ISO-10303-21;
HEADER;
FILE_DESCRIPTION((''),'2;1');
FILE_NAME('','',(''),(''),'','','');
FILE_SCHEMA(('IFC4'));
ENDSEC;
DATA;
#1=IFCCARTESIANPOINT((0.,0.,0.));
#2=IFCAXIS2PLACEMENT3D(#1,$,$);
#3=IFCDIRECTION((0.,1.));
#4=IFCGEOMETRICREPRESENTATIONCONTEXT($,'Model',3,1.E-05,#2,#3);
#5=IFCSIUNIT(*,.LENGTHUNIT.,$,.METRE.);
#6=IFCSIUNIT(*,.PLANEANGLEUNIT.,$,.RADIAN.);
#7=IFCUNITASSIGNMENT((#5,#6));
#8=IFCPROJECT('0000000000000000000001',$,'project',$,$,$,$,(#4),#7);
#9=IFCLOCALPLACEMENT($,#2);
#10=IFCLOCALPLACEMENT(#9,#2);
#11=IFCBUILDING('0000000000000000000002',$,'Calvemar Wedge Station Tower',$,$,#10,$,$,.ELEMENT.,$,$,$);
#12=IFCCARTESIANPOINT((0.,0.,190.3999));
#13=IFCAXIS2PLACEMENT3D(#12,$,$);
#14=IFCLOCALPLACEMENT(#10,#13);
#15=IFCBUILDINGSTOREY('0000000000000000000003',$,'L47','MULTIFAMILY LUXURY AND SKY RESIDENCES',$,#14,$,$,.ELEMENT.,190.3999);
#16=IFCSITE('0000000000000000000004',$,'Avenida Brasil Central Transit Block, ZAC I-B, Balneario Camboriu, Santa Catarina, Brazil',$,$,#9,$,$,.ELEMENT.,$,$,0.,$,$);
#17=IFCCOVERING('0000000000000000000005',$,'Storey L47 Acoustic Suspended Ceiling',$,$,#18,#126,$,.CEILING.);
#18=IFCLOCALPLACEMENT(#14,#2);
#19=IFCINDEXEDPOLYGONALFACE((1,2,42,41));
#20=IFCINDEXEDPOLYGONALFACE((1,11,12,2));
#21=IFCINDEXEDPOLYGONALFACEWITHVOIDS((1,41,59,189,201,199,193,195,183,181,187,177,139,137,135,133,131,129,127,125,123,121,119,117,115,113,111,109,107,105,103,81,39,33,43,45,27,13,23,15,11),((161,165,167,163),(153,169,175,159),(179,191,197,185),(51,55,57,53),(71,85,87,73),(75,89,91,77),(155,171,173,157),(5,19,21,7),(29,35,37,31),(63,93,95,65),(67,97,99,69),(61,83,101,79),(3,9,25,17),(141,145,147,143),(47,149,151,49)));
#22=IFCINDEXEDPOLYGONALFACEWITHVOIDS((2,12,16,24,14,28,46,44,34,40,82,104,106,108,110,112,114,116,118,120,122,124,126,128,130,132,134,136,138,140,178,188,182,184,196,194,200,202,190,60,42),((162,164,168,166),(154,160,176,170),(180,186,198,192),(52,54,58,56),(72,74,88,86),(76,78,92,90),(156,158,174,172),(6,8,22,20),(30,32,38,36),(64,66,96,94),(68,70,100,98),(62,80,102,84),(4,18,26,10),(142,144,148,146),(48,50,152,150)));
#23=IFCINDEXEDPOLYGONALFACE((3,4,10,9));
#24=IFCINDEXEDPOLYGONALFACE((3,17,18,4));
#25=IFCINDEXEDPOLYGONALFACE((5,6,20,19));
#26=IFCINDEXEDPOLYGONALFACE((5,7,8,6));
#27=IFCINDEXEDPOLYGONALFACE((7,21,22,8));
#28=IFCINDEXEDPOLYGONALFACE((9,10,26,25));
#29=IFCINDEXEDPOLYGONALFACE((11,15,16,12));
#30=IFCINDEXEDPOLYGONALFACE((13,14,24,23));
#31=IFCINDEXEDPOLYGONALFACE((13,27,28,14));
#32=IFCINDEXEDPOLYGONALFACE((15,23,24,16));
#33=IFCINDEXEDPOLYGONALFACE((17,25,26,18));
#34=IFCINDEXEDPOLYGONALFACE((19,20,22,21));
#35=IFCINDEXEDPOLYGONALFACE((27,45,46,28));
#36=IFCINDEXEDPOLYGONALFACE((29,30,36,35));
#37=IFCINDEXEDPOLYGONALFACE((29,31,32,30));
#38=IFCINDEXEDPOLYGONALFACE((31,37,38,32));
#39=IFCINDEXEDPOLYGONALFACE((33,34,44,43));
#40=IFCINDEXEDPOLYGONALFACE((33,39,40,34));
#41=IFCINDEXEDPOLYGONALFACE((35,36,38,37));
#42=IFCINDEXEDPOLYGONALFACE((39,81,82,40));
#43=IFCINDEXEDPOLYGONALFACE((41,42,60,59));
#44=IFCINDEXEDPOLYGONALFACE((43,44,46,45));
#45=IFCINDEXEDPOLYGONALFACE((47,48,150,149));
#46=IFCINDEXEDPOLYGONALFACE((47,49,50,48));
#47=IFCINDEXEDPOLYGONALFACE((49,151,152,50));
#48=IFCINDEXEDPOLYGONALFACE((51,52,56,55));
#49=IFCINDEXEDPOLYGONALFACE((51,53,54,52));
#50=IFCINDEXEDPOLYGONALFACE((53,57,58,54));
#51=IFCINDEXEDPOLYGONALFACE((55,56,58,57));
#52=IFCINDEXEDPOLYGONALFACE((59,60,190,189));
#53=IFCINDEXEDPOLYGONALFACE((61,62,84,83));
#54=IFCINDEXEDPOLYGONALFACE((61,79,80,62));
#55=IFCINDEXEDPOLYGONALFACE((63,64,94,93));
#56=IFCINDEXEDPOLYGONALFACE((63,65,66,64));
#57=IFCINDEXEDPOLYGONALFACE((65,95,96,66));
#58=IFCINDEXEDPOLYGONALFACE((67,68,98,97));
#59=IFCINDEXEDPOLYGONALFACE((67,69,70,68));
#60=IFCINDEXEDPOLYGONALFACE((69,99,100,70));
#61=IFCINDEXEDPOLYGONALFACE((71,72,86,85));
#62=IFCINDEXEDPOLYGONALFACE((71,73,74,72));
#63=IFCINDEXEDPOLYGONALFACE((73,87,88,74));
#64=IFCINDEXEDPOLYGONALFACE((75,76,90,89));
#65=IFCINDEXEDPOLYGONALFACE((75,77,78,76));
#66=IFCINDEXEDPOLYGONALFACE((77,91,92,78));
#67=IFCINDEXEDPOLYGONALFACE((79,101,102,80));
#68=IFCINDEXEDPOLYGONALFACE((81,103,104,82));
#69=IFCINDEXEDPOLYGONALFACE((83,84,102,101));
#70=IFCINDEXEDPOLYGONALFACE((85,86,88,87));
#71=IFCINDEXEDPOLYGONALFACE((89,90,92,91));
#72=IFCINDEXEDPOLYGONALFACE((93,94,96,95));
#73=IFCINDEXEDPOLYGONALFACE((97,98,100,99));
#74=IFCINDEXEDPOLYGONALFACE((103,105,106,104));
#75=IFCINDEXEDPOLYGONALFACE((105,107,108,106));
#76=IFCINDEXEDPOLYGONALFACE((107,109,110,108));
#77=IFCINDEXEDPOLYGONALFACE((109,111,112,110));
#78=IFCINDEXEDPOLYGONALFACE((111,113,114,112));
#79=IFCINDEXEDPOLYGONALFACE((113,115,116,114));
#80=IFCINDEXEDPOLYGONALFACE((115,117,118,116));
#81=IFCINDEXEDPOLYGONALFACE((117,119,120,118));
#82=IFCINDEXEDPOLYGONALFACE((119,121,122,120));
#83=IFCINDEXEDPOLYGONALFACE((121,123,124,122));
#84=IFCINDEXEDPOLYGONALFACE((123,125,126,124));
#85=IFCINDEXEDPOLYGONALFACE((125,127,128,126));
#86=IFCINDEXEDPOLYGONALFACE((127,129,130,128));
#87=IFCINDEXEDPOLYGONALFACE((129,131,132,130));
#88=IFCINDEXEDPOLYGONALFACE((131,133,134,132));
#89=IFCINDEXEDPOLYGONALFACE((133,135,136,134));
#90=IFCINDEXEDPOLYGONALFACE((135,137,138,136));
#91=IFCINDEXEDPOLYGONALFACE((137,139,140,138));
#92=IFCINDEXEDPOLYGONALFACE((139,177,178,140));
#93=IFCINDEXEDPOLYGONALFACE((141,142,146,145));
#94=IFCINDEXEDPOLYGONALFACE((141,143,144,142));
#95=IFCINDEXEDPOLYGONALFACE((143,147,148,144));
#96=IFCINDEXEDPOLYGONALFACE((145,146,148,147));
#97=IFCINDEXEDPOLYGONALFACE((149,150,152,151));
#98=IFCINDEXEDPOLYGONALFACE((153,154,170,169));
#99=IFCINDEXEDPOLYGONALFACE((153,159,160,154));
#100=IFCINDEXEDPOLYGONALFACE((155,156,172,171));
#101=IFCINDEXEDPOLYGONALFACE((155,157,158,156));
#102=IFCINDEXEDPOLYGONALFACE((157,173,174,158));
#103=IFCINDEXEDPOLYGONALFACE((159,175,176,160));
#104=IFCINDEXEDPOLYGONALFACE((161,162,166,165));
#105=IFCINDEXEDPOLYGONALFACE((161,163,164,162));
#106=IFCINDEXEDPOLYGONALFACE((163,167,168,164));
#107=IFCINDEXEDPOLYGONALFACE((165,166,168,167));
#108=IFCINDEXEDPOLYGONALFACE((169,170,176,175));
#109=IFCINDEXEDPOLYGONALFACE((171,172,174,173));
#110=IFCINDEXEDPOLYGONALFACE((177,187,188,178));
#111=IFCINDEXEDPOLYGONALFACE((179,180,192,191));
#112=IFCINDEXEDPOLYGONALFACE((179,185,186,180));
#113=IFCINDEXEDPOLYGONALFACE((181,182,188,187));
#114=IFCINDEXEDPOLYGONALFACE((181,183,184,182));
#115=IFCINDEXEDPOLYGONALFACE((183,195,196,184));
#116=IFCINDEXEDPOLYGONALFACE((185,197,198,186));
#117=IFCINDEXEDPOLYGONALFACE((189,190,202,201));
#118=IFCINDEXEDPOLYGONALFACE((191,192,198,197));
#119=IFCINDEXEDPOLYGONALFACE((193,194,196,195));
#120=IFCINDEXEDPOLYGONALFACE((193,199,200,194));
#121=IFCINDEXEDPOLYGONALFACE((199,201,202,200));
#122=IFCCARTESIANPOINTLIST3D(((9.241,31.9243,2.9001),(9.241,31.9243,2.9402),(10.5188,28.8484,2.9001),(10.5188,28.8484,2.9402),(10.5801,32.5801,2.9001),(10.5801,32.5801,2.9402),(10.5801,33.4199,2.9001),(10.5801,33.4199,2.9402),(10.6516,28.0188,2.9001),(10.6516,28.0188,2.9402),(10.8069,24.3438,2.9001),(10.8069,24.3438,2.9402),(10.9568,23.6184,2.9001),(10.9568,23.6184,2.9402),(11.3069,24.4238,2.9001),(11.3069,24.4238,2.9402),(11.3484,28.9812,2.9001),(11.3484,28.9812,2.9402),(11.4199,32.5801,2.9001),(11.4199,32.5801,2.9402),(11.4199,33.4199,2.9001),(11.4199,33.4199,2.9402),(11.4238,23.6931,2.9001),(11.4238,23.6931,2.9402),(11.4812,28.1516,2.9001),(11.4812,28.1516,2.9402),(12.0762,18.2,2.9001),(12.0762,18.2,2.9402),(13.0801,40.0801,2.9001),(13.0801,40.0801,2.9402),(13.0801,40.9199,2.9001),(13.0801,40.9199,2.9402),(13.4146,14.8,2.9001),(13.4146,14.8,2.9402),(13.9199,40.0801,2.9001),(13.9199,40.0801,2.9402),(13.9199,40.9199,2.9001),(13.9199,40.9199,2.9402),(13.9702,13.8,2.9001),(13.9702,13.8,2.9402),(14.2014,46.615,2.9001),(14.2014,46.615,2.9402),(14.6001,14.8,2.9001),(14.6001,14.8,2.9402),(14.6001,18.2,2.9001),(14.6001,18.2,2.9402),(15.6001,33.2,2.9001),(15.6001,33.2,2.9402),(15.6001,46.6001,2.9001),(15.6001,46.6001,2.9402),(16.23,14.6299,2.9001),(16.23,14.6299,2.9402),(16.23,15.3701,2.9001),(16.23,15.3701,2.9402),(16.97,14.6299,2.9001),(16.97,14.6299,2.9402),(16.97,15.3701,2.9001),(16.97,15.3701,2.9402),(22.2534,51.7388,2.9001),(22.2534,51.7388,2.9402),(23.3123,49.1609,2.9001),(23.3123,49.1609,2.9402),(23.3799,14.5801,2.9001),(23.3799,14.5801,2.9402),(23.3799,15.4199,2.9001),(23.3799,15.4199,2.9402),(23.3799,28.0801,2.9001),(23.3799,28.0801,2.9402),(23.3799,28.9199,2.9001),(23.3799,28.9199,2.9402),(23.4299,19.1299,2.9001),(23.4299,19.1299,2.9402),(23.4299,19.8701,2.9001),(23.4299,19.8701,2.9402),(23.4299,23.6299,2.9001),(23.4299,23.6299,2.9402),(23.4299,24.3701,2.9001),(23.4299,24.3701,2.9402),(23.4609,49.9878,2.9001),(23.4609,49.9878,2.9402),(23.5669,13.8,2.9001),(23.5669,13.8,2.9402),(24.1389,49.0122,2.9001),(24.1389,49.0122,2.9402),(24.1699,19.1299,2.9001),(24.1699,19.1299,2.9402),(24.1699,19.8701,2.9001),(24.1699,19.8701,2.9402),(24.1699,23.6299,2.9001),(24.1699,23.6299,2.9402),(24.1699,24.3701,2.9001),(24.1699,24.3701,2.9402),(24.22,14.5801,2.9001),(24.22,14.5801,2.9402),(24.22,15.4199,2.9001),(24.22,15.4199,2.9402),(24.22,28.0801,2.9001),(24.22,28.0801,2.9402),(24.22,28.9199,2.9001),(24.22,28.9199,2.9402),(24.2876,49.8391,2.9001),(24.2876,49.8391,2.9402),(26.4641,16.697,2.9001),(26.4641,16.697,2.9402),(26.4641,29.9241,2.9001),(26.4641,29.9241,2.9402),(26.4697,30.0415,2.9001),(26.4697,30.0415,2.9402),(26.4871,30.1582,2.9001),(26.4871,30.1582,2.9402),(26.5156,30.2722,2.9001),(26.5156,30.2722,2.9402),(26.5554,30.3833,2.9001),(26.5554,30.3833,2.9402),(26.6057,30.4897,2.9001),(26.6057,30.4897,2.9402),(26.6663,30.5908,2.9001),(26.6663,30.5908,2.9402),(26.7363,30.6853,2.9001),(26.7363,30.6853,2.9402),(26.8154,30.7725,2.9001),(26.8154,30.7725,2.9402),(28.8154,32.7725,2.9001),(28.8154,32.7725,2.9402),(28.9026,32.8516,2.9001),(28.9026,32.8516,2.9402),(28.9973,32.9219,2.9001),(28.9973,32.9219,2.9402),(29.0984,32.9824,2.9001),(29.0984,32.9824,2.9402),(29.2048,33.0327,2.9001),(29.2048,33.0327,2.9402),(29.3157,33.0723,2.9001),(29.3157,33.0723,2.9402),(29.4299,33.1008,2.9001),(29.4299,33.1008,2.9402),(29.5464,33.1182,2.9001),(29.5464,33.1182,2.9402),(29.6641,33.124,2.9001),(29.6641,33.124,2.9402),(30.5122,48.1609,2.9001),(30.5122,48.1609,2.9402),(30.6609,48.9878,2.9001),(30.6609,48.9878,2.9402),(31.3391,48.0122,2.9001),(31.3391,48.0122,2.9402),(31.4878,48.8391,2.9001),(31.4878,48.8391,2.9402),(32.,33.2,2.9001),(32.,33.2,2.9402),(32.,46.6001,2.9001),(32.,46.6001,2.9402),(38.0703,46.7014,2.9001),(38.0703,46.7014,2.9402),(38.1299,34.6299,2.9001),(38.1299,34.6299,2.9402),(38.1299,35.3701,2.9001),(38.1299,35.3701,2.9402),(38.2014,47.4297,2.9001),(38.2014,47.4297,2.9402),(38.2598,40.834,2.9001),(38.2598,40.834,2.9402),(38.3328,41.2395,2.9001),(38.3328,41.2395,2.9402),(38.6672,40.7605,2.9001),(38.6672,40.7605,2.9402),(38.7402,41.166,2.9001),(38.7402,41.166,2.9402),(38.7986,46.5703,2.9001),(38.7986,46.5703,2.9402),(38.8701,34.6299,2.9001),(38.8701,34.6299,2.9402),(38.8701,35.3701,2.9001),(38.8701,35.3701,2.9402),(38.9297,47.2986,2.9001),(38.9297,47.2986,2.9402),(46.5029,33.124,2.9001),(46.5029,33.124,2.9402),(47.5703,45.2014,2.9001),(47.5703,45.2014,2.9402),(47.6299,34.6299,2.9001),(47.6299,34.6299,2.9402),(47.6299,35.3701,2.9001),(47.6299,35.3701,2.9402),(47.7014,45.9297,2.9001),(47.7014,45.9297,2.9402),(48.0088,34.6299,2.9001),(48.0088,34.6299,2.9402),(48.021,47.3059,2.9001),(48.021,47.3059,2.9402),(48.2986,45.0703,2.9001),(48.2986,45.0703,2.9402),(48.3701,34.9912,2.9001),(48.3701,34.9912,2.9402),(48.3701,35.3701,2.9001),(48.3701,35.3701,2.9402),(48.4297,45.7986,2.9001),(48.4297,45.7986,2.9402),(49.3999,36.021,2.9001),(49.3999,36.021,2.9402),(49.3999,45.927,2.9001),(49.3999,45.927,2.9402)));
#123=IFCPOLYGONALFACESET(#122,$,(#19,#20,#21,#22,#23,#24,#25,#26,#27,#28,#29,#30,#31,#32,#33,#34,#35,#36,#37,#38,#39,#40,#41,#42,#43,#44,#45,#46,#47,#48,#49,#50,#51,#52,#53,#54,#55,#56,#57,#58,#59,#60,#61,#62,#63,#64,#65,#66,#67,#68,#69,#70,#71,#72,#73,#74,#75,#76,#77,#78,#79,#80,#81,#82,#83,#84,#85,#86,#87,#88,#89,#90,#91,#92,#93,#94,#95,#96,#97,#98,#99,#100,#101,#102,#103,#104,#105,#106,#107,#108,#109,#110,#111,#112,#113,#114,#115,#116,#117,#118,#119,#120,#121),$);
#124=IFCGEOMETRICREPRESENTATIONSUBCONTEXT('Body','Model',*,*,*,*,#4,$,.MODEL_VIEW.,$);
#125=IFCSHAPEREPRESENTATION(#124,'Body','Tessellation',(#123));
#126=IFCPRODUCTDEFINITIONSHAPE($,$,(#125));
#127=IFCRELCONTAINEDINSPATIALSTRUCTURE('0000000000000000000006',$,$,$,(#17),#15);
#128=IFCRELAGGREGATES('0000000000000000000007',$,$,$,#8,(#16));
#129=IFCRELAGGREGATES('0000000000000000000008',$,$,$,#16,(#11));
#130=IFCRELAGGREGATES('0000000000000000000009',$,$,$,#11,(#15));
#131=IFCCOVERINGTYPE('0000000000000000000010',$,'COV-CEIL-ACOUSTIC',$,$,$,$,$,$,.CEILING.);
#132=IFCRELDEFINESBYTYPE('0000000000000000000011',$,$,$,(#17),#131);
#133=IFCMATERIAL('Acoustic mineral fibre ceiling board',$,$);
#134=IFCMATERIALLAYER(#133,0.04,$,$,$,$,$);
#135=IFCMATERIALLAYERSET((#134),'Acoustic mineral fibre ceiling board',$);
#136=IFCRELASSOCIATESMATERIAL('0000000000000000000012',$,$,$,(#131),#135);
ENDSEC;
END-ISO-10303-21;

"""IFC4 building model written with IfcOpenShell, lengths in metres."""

from ifc_helpers import new_model, si_unit, direction, frame, origin, place, context, subcontext, project, spatial, polyline, outline, extrude, material, layer, layer_set, type_object, element, save


model = new_model("IFC4")

# Units and contexts
model_context = context("Model", 3, precision=1e-05, world=origin(), true_north=direction((0.0, 1.0)))
body_context = subcontext(model_context, "Body", "Model", "MODEL_VIEW")
ifc_project = project(units=[si_unit("LENGTHUNIT", "METRE"), si_unit("PLANEANGLEUNIT", "RADIAN")], contexts=[model_context])

# Site, building, storey
site_placement = place(None, origin())
site = spatial("IfcSite", under=ifc_project, at=site_placement, Name="Avenida Brasil Central Transit Block, ZAC I-B, Balneario Camboriu, Santa Catarina, Brazil", CompositionType="ELEMENT", RefElevation=0.0)
building_placement = place(site_placement, origin())
building = spatial("IfcBuilding", under=site, at=building_placement, Name="Calvemar Wedge Station Tower", CompositionType="ELEMENT")
storey_placement = place(building_placement, frame((0.0, 0.0, 190.3999)))
storey = spatial("IfcBuildingStorey", under=building, at=storey_placement, Name="L47", Description="MULTIFAMILY LUXURY AND SKY RESIDENCES", CompositionType="ELEMENT", Elevation=190.3999)

# Covering
ifc_material_1 = material(Name="Acoustic mineral fibre ceiling board")
ifc_layer_1 = layer(ifc_material_1, 0.04)
ifc_layer_set_1 = layer_set([ifc_layer_1], Name="Acoustic mineral fibre ceiling board")
covering_type_1 = type_object("IfcCoveringType", Name="COV-CEIL-ACOUSTIC", PredefinedType="CEILING", material=ifc_layer_set_1)
covering_1_placement = place(storey_placement, frame((0.0, 0.0, 2.9001)))
element("IfcCovering", 1, at=covering_1_placement, inside=storey, type_object=covering_type_1, Name="Storey L47 Acoustic Suspended Ceiling", PredefinedType="CEILING", context=body_context, shape_type="SweptSolid", body=[
    extrude(outline(polyline([(26.8154, 30.7725), (28.8154, 32.7725), (28.9026, 32.8516), (28.9973, 32.9219), (29.0984, 32.9824), (29.2048, 33.0327), (29.3157, 33.0723), (29.4299, 33.1008), (29.5464, 33.1182), (29.6641, 33.124), (46.5029, 33.124), (48.0088, 34.6299), (47.6299, 34.6299), (47.6299, 35.3701), (48.3701, 35.3701), (48.3701, 34.9912), (49.3999, 36.021), (49.3999, 45.927), (48.021, 47.3059), (22.2534, 51.7388), (14.2014, 46.615), (9.241, 31.9243), (10.8069, 24.3438), (11.3069, 24.4238), (11.4238, 23.6931), (10.9568, 23.6184), (12.0762, 18.2), (14.6001, 18.2), (14.6001, 14.8), (13.4146, 14.8), (13.9702, 13.8), (23.5669, 13.8), (26.4641, 16.697), (26.4641, 29.9241), (26.4697, 30.0415), (26.4871, 30.1582), (26.5156, 30.2722), (26.5554, 30.3833), (26.6057, 30.4897), (26.6663, 30.5908), (26.7363, 30.6853), (26.8154, 30.7725)]), holes=[polyline([(15.6001, 46.6001), (32.0, 46.6001), (32.0, 33.2), (15.6001, 33.2), (15.6001, 46.6001)]), polyline([(10.5801, 32.5801), (10.5801, 33.4199), (11.4199, 33.4199), (11.4199, 32.5801), (10.5801, 32.5801)]), polyline([(13.0801, 40.9199), (13.9199, 40.9199), (13.9199, 40.0801), (13.0801, 40.0801), (13.0801, 40.9199)]), polyline([(24.2876, 49.8391), (24.1389, 49.0122), (23.3123, 49.1609), (23.4609, 49.9878), (24.2876, 49.8391)]), polyline([(31.3391, 48.0122), (30.5122, 48.1609), (30.6609, 48.9878), (31.4878, 48.8391), (31.3391, 48.0122)]), polyline([(38.0703, 46.7014), (38.2014, 47.4297), (38.9297, 47.2986), (38.7986, 46.5703), (38.0703, 46.7014)]), polyline([(47.7014, 45.9297), (48.4297, 45.7986), (48.2986, 45.0703), (47.5703, 45.2014), (47.7014, 45.9297)]), polyline([(38.8701, 35.3701), (38.8701, 34.6299), (38.1299, 34.6299), (38.1299, 35.3701), (38.8701, 35.3701)]), polyline([(38.2598, 40.834), (38.3328, 41.2395), (38.7402, 41.166), (38.6672, 40.7605), (38.2598, 40.834)]), polyline([(11.3484, 28.9812), (11.4812, 28.1516), (10.6516, 28.0188), (10.5188, 28.8484), (11.3484, 28.9812)]), polyline([(24.22, 28.0801), (23.3799, 28.0801), (23.3799, 28.9199), (24.22, 28.9199), (24.22, 28.0801)]), polyline([(23.4299, 23.6299), (23.4299, 24.3701), (24.1699, 24.3701), (24.1699, 23.6299), (23.4299, 23.6299)]), polyline([(23.4299, 19.8701), (24.1699, 19.8701), (24.1699, 19.1299), (23.4299, 19.1299), (23.4299, 19.8701)]), polyline([(24.22, 15.4199), (24.22, 14.5801), (23.3799, 14.5801), (23.3799, 15.4199), (24.22, 15.4199)]), polyline([(16.97, 14.6299), (16.23, 14.6299), (16.23, 15.3701), (16.97, 15.3701), (16.97, 14.6299)])]), origin(), (0.0, 0.0, 1.0), 0.04),
])

save(model, "model.ifc")
